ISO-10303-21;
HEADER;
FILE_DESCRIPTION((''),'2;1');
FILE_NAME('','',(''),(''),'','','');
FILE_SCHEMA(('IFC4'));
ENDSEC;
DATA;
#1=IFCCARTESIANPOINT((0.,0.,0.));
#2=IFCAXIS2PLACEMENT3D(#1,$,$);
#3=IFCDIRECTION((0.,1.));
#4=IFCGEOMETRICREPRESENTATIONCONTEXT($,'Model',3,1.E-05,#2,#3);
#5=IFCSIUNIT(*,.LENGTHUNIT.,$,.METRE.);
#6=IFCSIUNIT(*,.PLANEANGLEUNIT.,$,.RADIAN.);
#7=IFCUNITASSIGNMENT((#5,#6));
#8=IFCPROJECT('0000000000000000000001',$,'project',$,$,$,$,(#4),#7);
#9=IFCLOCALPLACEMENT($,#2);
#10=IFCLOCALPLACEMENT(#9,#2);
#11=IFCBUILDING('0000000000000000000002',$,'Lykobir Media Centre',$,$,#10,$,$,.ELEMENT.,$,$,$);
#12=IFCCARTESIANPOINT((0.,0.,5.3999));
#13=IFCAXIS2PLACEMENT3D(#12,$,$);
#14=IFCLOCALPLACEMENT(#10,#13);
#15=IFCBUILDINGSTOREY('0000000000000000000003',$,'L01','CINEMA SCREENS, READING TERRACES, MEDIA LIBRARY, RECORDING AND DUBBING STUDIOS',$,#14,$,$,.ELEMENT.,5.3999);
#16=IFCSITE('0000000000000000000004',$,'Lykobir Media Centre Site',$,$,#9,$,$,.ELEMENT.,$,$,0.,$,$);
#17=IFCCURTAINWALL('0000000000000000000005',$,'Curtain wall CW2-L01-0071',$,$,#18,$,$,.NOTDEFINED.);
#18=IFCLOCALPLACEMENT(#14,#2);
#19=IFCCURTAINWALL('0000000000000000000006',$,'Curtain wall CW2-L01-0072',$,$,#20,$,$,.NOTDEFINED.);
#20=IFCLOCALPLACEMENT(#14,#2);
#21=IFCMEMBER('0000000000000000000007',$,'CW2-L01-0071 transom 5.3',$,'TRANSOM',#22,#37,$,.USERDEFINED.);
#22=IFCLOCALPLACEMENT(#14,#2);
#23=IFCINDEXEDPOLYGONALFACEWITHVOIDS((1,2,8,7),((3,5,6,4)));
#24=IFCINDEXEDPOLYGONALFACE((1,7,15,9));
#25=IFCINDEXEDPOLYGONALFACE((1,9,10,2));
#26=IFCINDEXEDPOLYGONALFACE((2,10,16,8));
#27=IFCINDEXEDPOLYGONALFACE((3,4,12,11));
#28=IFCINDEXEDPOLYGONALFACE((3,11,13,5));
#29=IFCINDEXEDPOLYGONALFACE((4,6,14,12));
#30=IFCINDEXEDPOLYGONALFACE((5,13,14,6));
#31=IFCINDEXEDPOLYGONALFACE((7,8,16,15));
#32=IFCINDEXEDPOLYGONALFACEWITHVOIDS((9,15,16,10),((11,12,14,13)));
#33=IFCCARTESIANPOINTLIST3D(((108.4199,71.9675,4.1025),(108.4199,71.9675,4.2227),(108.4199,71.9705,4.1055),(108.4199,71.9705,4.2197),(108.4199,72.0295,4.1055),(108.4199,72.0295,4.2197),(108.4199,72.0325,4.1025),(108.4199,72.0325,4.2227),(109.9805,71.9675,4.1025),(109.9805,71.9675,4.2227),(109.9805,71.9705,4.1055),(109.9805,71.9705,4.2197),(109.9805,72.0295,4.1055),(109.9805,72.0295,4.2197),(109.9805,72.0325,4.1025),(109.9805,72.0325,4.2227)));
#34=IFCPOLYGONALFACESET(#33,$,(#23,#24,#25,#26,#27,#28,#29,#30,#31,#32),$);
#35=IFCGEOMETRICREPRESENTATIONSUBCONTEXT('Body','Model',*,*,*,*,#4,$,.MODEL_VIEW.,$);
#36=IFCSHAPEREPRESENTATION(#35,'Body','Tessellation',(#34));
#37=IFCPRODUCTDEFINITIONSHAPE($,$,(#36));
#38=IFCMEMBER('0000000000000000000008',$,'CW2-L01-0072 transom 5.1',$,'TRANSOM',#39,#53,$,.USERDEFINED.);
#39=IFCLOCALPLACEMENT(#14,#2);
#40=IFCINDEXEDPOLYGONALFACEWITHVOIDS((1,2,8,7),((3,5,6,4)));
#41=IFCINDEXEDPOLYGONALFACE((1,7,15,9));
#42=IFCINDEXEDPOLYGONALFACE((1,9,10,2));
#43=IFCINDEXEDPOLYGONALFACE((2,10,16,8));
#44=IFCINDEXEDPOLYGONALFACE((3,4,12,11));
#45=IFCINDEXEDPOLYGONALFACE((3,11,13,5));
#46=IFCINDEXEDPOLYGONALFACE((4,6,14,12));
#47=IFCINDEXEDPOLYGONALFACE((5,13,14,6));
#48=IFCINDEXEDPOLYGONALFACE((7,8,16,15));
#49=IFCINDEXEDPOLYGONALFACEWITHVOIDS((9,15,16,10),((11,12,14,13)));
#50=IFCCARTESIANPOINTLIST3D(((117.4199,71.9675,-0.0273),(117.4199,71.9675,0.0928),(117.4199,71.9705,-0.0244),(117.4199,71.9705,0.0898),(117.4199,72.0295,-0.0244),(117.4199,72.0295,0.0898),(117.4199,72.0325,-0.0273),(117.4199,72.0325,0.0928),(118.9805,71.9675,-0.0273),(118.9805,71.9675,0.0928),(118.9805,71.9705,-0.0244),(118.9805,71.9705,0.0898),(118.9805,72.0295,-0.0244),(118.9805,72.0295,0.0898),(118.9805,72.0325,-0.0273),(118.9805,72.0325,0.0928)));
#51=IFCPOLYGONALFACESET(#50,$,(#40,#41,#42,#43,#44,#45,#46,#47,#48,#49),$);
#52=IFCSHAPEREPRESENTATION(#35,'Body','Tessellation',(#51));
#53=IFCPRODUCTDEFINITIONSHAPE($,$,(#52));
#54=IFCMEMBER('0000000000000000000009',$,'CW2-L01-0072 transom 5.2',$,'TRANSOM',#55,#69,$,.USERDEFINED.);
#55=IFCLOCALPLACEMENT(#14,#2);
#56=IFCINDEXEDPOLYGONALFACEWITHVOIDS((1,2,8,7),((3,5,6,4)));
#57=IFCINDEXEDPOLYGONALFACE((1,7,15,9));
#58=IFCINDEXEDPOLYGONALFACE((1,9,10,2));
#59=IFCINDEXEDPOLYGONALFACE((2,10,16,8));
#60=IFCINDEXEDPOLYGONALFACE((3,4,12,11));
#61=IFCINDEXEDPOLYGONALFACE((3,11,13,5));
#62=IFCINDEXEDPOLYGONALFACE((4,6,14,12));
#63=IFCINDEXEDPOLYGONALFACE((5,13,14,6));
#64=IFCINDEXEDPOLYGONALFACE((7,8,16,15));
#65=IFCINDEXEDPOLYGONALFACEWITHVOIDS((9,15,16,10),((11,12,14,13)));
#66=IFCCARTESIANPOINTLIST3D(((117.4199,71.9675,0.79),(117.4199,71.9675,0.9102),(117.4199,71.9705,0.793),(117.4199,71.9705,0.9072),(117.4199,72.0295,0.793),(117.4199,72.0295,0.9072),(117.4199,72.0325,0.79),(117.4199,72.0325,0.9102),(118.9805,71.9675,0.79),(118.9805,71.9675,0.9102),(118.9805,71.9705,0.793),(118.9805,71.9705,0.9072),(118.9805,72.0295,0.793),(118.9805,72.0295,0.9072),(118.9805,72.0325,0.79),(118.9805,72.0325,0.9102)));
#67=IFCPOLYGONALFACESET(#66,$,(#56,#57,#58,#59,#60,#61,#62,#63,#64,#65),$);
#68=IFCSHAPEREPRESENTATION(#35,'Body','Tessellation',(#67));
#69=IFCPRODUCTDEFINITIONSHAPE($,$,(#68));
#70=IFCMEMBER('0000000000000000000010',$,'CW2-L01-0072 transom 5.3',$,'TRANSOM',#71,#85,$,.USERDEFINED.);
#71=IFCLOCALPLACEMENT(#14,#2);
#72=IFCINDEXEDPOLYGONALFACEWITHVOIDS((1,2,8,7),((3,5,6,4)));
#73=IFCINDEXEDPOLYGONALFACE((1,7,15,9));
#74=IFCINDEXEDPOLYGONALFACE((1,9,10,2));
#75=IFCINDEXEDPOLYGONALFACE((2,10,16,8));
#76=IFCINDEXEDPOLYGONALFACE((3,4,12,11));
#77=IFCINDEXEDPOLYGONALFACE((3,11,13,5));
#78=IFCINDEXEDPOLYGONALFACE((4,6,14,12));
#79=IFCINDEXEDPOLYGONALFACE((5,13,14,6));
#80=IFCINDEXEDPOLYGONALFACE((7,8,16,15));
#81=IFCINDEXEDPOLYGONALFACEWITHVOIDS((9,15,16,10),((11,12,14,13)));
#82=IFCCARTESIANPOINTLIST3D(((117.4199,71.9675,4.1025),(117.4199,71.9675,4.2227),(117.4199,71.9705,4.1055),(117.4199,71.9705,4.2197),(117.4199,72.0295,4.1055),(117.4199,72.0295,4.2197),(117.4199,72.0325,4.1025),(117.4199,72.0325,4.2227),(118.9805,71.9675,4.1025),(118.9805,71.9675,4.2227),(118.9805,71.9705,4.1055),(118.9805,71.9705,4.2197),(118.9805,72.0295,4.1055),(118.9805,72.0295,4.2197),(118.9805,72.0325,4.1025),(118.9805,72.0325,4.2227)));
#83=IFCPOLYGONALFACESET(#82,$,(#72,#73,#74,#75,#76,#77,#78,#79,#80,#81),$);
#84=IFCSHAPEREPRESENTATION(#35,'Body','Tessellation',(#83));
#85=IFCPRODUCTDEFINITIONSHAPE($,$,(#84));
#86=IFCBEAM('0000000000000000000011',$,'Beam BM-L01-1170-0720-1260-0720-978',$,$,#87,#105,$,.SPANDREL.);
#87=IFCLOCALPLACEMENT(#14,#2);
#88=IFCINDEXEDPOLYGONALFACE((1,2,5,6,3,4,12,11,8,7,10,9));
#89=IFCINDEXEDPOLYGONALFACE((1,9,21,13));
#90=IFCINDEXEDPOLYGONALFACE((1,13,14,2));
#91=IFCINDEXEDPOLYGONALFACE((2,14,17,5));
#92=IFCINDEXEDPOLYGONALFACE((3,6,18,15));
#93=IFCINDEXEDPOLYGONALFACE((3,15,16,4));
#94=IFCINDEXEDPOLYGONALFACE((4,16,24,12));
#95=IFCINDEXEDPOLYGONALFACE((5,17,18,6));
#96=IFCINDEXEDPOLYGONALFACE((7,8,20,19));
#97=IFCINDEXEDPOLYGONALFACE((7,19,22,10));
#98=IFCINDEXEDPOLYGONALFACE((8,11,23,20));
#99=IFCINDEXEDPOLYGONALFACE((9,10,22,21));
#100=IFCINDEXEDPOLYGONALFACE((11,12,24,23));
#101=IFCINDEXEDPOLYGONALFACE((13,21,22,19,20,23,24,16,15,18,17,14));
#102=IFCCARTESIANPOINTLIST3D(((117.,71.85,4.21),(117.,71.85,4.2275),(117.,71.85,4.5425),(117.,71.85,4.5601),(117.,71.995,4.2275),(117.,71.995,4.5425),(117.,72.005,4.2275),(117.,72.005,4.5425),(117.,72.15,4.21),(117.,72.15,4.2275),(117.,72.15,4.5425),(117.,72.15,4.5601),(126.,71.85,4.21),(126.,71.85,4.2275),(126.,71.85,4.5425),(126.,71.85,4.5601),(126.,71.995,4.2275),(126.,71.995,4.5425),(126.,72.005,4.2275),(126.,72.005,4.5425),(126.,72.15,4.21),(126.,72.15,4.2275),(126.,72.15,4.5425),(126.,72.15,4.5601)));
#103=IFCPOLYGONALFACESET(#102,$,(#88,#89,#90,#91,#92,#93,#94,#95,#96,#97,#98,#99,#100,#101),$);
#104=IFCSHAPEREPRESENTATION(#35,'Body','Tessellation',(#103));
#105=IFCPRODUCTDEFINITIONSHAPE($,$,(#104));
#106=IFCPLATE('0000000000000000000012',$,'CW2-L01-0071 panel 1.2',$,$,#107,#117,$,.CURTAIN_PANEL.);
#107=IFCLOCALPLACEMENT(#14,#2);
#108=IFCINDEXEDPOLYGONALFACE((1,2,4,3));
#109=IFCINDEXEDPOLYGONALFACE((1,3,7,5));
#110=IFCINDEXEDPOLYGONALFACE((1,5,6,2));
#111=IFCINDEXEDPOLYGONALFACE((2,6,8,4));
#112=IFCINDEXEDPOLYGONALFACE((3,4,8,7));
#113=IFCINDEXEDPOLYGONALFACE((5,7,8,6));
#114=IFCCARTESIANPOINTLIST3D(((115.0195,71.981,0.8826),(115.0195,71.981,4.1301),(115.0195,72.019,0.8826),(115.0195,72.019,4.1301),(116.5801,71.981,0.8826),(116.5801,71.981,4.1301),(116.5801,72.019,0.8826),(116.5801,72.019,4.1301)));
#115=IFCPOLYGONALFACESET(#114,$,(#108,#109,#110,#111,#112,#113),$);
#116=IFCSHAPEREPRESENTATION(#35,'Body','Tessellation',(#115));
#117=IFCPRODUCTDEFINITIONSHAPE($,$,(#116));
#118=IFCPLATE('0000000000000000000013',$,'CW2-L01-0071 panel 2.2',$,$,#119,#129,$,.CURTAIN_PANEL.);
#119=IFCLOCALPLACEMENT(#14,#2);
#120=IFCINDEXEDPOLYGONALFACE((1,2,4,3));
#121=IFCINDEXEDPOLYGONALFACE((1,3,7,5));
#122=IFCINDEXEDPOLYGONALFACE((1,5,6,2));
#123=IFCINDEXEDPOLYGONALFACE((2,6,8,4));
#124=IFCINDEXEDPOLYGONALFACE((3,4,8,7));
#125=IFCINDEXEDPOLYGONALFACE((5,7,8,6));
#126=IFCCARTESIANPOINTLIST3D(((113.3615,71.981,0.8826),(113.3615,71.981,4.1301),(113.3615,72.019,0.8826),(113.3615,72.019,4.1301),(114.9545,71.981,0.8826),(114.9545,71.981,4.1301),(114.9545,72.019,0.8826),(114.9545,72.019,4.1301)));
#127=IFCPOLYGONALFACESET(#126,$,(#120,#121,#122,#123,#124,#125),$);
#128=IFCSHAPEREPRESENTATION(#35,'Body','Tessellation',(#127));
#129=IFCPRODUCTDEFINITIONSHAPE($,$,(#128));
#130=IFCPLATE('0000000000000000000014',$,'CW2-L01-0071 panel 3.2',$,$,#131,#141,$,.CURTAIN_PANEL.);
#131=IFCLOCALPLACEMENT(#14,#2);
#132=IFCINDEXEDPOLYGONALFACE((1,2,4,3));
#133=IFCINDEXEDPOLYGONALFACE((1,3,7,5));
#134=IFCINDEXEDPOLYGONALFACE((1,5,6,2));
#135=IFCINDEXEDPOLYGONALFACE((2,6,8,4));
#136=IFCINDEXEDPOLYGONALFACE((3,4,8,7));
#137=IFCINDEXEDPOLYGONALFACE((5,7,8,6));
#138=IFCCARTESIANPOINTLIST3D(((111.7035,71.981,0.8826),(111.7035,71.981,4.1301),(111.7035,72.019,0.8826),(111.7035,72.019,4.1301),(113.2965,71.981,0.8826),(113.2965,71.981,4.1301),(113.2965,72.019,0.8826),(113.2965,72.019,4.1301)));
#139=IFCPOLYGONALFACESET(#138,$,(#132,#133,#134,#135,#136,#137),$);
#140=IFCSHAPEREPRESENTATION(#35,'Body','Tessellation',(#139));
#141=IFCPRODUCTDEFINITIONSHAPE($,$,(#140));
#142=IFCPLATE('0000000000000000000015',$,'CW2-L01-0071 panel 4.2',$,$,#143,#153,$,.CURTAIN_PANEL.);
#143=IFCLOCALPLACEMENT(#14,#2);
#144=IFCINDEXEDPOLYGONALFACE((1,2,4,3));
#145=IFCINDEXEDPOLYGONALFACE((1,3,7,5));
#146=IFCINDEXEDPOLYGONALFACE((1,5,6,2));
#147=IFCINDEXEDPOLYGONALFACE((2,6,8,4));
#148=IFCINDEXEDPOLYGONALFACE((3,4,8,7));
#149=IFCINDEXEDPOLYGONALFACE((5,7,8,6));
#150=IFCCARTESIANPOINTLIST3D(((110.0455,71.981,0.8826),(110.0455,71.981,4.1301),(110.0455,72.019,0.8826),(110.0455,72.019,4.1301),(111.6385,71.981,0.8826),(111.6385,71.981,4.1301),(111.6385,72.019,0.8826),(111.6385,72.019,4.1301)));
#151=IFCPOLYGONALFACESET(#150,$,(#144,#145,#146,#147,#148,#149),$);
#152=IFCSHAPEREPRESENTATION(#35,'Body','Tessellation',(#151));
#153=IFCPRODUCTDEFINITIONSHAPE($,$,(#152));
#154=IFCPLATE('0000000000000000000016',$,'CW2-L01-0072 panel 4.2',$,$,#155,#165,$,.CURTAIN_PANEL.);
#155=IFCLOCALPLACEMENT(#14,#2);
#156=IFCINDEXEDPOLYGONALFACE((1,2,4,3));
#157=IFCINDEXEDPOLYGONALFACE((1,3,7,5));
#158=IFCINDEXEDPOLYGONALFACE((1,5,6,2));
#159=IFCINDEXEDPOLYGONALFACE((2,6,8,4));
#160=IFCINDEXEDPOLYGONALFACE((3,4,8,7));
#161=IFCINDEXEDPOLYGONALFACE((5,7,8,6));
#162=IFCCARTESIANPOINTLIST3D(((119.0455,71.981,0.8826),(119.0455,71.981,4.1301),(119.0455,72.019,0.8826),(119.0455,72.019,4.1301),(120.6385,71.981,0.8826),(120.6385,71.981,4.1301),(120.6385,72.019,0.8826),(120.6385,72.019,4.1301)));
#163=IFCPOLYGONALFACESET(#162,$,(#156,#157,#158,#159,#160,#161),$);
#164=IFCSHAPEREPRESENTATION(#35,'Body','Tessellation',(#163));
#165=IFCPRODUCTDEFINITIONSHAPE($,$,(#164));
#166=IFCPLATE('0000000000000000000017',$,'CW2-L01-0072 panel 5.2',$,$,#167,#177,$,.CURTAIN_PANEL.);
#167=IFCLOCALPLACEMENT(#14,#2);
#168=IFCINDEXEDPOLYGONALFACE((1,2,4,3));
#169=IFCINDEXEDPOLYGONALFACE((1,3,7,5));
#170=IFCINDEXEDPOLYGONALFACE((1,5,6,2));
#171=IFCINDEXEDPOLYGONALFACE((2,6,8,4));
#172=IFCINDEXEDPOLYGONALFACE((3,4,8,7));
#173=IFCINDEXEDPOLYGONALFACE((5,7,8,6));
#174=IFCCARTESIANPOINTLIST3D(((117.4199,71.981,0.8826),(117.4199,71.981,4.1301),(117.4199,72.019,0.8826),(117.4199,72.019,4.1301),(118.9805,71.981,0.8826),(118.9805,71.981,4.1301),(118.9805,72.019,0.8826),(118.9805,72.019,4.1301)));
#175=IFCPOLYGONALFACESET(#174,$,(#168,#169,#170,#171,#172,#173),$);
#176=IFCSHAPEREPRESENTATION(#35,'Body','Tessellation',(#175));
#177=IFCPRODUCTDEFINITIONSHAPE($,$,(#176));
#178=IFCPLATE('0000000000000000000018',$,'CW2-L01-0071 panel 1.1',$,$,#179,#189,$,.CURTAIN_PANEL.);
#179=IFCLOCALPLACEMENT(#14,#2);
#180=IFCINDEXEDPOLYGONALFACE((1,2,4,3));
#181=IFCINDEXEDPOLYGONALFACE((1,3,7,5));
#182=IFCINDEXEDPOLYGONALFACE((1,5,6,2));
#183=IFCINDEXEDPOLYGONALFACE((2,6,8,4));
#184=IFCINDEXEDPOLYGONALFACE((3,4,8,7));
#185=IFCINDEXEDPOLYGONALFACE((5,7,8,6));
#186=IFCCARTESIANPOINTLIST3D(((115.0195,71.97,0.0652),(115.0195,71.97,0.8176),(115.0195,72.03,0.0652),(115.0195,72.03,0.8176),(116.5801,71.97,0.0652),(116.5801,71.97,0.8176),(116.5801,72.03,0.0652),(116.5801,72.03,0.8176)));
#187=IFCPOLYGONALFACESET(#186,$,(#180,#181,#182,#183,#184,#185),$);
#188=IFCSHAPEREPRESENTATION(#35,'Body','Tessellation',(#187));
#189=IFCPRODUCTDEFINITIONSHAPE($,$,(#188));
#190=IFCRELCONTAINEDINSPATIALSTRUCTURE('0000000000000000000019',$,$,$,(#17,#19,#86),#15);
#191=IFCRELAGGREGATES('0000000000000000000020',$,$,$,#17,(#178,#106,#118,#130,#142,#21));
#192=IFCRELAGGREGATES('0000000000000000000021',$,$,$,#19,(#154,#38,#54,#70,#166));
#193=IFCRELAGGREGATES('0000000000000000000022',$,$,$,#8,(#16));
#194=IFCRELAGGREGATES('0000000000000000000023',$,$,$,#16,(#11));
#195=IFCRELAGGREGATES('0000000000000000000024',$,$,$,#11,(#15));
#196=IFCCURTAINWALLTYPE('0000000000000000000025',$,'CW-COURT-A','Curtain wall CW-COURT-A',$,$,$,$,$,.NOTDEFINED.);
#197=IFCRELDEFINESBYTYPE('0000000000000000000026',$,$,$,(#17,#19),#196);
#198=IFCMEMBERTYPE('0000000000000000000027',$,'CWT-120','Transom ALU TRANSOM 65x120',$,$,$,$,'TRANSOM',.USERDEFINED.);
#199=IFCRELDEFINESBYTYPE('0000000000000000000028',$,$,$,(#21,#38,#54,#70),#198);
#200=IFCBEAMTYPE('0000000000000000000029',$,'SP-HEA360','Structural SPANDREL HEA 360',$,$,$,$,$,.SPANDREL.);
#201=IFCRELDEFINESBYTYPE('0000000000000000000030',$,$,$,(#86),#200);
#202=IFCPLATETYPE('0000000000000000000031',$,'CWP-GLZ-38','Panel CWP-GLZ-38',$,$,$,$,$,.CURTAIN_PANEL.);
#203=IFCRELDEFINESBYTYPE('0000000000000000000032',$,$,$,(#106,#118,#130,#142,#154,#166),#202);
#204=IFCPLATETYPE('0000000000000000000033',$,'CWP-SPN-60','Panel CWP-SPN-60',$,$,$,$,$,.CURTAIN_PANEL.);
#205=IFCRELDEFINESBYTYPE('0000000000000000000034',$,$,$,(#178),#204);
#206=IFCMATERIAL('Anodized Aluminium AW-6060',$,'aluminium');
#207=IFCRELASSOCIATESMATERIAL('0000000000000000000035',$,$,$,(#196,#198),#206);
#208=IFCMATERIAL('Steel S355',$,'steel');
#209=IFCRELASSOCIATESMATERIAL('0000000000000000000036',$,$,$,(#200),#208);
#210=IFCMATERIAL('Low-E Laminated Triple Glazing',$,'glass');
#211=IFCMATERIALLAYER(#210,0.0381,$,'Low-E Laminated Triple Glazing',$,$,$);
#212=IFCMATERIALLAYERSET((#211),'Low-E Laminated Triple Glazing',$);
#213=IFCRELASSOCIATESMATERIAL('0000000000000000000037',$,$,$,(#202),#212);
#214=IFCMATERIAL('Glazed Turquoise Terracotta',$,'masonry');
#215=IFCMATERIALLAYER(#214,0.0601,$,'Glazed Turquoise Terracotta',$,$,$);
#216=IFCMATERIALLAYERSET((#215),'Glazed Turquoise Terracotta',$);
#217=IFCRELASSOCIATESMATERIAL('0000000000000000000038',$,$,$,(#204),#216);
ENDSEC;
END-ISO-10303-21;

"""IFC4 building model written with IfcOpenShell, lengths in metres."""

from ifc_helpers import new_model, si_unit, direction, frame, origin, origin_2d, place, context, subcontext, project, spatial, rectangle, hollow_rectangle, i_section, extrude, material, layer, layer_set, material_profile, profile_set, type_object, element, aggregate, save


model = new_model("IFC4")

# Units and contexts
model_context = context("Model", 3, precision=1e-05, world=origin(), true_north=direction((0.0, 1.0)))
body_context = subcontext(model_context, "Body", "Model", "MODEL_VIEW")
ifc_project = project(units=[si_unit("LENGTHUNIT", "METRE"), si_unit("PLANEANGLEUNIT", "RADIAN")], contexts=[model_context])

# Site, building, storey
site_placement = place(None, origin())
site = spatial("IfcSite", under=ifc_project, at=site_placement, Name="Lykobir Media Centre Site", CompositionType="ELEMENT", RefElevation=0.0)
building_placement = place(site_placement, origin())
building = spatial("IfcBuilding", under=site, at=building_placement, Name="Lykobir Media Centre", CompositionType="ELEMENT")
storey_placement = place(building_placement, frame((0.0, 0.0, 5.3999)))
storey = spatial("IfcBuildingStorey", under=building, at=storey_placement, Name="L01", Description="CINEMA SCREENS, READING TERRACES, MEDIA LIBRARY, RECORDING AND DUBBING STUDIOS", CompositionType="ELEMENT", Elevation=5.3999)

# Shared definitions
ifc_material_1 = material(Name="Steel S355", Category="steel")

# Curtain walls
ifc_material_2 = material(Name="Anodized Aluminium AW-6060", Category="aluminium")
curtain_wall_type = type_object("IfcCurtainWallType", Name="CW-COURT-A", Description="Curtain wall CW-COURT-A", PredefinedType="NOTDEFINED", material=ifc_material_2)
curtain_wall_1_placement = place(storey_placement, origin())
curtain_wall_1 = element("IfcCurtainWall", 1, at=curtain_wall_1_placement, inside=storey, type_object=curtain_wall_type, Name="Curtain wall CW2-L01-0071", PredefinedType="NOTDEFINED")
curtain_wall_2_placement = place(storey_placement, origin())
curtain_wall_2 = element("IfcCurtainWall", 2, at=curtain_wall_2_placement, inside=storey, type_object=curtain_wall_type, Name="Curtain wall CW2-L01-0072", PredefinedType="NOTDEFINED")

# Members
ifc_material_profile_1 = material_profile(ifc_material_2, hollow_rectangle(XDim=0.0649, YDim=0.1201, WallThickness=0.0029, at=origin_2d()), Name="ALU TRANSOM 65x120")
ifc_profile_set_1 = profile_set([ifc_material_profile_1], Name="Anodized Aluminium AW-6060")
member_type_1 = type_object("IfcMemberType", Name="CWT-120", Description="Transom ALU TRANSOM 65x120", ElementType="TRANSOM", PredefinedType="USERDEFINED", material=ifc_profile_set_1)
member_1_placement = place(storey_placement, frame((109.9805, 72.0, 4.1626), z_axis=(-1.0, 0.0, 0.0), x_axis=(0.0, -1.0, 0.0)))
member_1 = element("IfcMember", 3, at=member_1_placement, type_object=member_type_1, Name="CW2-L01-0071 transom 5.3", ObjectType="TRANSOM", PredefinedType="USERDEFINED", context=body_context, shape_type="SweptSolid", body=[
    extrude(hollow_rectangle(XDim=0.0649, YDim=0.1201, WallThickness=0.0029, at=origin_2d()), origin(), (0.0, 0.0, 1.0), 1.5605),
])
member_2_placement = place(storey_placement, frame((118.9805, 72.0, 0.0327), z_axis=(-1.0, 0.0, 0.0), x_axis=(0.0, -1.0, 0.0)))
member_2 = element("IfcMember", 4, at=member_2_placement, type_object=member_type_1, Name="CW2-L01-0072 transom 5.1", ObjectType="TRANSOM", PredefinedType="USERDEFINED", context=body_context, shape_type="SweptSolid", body=[
    extrude(hollow_rectangle(XDim=0.0649, YDim=0.1201, WallThickness=0.0029, at=origin_2d()), origin(), (0.0, 0.0, 1.0), 1.5605),
])
member_3_placement = place(storey_placement, frame((118.9805, 72.0, 0.8501), z_axis=(-1.0, 0.0, 0.0), x_axis=(0.0, -1.0, 0.0)))
member_3 = element("IfcMember", 5, at=member_3_placement, type_object=member_type_1, Name="CW2-L01-0072 transom 5.2", ObjectType="TRANSOM", PredefinedType="USERDEFINED", context=body_context, shape_type="SweptSolid", body=[
    extrude(hollow_rectangle(XDim=0.0649, YDim=0.1201, WallThickness=0.0029, at=origin_2d()), origin(), (0.0, 0.0, 1.0), 1.5605),
])
member_4_placement = place(storey_placement, frame((118.9805, 72.0, 4.1626), z_axis=(-1.0, 0.0, 0.0), x_axis=(0.0, -1.0, 0.0)))
member_4 = element("IfcMember", 6, at=member_4_placement, type_object=member_type_1, Name="CW2-L01-0072 transom 5.3", ObjectType="TRANSOM", PredefinedType="USERDEFINED", context=body_context, shape_type="SweptSolid", body=[
    extrude(hollow_rectangle(XDim=0.0649, YDim=0.1201, WallThickness=0.0029, at=origin_2d()), origin(), (0.0, 0.0, 1.0), 1.5605),
])

# Beam
ifc_material_profile_2 = material_profile(ifc_material_1, i_section(OverallWidth=0.3, OverallDepth=0.3501, WebThickness=0.01, FlangeThickness=0.0176, at=origin_2d()), Name="HEA 360")
ifc_profile_set_2 = profile_set([ifc_material_profile_2], Name="Steel S355")
beam_type_1 = type_object("IfcBeamType", Name="SP-HEA360", Description="Structural SPANDREL HEA 360", PredefinedType="SPANDREL", material=ifc_profile_set_2)
beam_1_placement = place(storey_placement, frame((117.0, 72.0, 4.385), z_axis=(1.0, 0.0, 0.0), x_axis=(0.0, 1.0, 0.0)))
element("IfcBeam", 7, at=beam_1_placement, inside=storey, type_object=beam_type_1, Name="Beam BM-L01-1170-0720-1260-0720-978", PredefinedType="SPANDREL", context=body_context, shape_type="SweptSolid", body=[
    extrude(i_section(OverallWidth=0.3, OverallDepth=0.3501, WebThickness=0.01, FlangeThickness=0.0176, at=origin_2d()), origin(), (0.0, 0.0, 1.0), 9.0),
])

# Plates
ifc_material_3 = material(Name="Low-E Laminated Triple Glazing", Category="glass")
ifc_layer_1 = layer(ifc_material_3, 0.0381, Name="Low-E Laminated Triple Glazing")
ifc_layer_set_1 = layer_set([ifc_layer_1], Name="Low-E Laminated Triple Glazing")
plate_type_1 = type_object("IfcPlateType", Name="CWP-GLZ-38", Description="Panel CWP-GLZ-38", PredefinedType="CURTAIN_PANEL", material=ifc_layer_set_1)
plate_1_placement = place(storey_placement, frame((115.7998, 72.0, 0.8826), z_axis=(0.0, 0.0, 1.0), x_axis=(-1.0, 0.0, 0.0)))
plate_1 = element("IfcPlate", 8, at=plate_1_placement, type_object=plate_type_1, Name="CW2-L01-0071 panel 1.2", PredefinedType="CURTAIN_PANEL", context=body_context, shape_type="SweptSolid", body=[
    extrude(rectangle(XDim=1.5605, YDim=0.0381, at=origin_2d()), origin(), (0.0, 0.0, 1.0), 3.2476),
])
plate_2_placement = place(storey_placement, frame((114.158, 72.0, 0.8826), z_axis=(0.0, 0.0, 1.0), x_axis=(-1.0, 0.0, 0.0)))
plate_2 = element("IfcPlate", 9, at=plate_2_placement, type_object=plate_type_1, Name="CW2-L01-0071 panel 2.2", PredefinedType="CURTAIN_PANEL", context=body_context, shape_type="SweptSolid", body=[
    extrude(rectangle(XDim=1.593, YDim=0.0381, at=origin_2d()), origin(), (0.0, 0.0, 1.0), 3.2476),
])
plate_3_placement = place(storey_placement, frame((112.5, 72.0, 0.8826), z_axis=(0.0, 0.0, 1.0), x_axis=(-1.0, 0.0, 0.0)))
plate_3 = element("IfcPlate", 10, at=plate_3_placement, type_object=plate_type_1, Name="CW2-L01-0071 panel 3.2", PredefinedType="CURTAIN_PANEL", context=body_context, shape_type="SweptSolid", body=[
    extrude(rectangle(XDim=1.593, YDim=0.0381, at=origin_2d()), origin(), (0.0, 0.0, 1.0), 3.2476),
])
plate_4_placement = place(storey_placement, frame((110.842, 72.0, 0.8826), z_axis=(0.0, 0.0, 1.0), x_axis=(-1.0, 0.0, 0.0)))
plate_4 = element("IfcPlate", 11, at=plate_4_placement, type_object=plate_type_1, Name="CW2-L01-0071 panel 4.2", PredefinedType="CURTAIN_PANEL", context=body_context, shape_type="SweptSolid", body=[
    extrude(rectangle(XDim=1.593, YDim=0.0381, at=origin_2d()), origin(), (0.0, 0.0, 1.0), 3.2476),
])
plate_5_placement = place(storey_placement, frame((119.842, 72.0, 0.8826), z_axis=(0.0, 0.0, 1.0), x_axis=(-1.0, 0.0, 0.0)))
plate_5 = element("IfcPlate", 12, at=plate_5_placement, type_object=plate_type_1, Name="CW2-L01-0072 panel 4.2", PredefinedType="CURTAIN_PANEL", context=body_context, shape_type="SweptSolid", body=[
    extrude(rectangle(XDim=1.593, YDim=0.0381, at=origin_2d()), origin(), (0.0, 0.0, 1.0), 3.2476),
])
plate_6_placement = place(storey_placement, frame((118.2002, 72.0, 0.8826), z_axis=(0.0, 0.0, 1.0), x_axis=(-1.0, 0.0, 0.0)))
plate_6 = element("IfcPlate", 13, at=plate_6_placement, type_object=plate_type_1, Name="CW2-L01-0072 panel 5.2", PredefinedType="CURTAIN_PANEL", context=body_context, shape_type="SweptSolid", body=[
    extrude(rectangle(XDim=1.5605, YDim=0.0381, at=origin_2d()), origin(), (0.0, 0.0, 1.0), 3.2476),
])
ifc_material_4 = material(Name="Glazed Turquoise Terracotta", Category="masonry")
ifc_layer_2 = layer(ifc_material_4, 0.0601, Name="Glazed Turquoise Terracotta")
ifc_layer_set_2 = layer_set([ifc_layer_2], Name="Glazed Turquoise Terracotta")
plate_type_2 = type_object("IfcPlateType", Name="CWP-SPN-60", Description="Panel CWP-SPN-60", PredefinedType="CURTAIN_PANEL", material=ifc_layer_set_2)
plate_7_placement = place(storey_placement, frame((115.7998, 72.0, 0.0652), z_axis=(0.0, 0.0, 1.0), x_axis=(-1.0, 0.0, 0.0)))
plate_7 = element("IfcPlate", 14, at=plate_7_placement, type_object=plate_type_2, Name="CW2-L01-0071 panel 1.1", PredefinedType="CURTAIN_PANEL", context=body_context, shape_type="SweptSolid", body=[
    extrude(rectangle(XDim=1.5605, YDim=0.0601, at=origin_2d()), origin(), (0.0, 0.0, 1.0), 0.7524),
])
aggregate(curtain_wall_1, [plate_7, plate_1, plate_2, plate_3, plate_4, member_1])
aggregate(curtain_wall_2, [plate_5, member_2, member_3, member_4, plate_6])

save(model, "model.ifc")
